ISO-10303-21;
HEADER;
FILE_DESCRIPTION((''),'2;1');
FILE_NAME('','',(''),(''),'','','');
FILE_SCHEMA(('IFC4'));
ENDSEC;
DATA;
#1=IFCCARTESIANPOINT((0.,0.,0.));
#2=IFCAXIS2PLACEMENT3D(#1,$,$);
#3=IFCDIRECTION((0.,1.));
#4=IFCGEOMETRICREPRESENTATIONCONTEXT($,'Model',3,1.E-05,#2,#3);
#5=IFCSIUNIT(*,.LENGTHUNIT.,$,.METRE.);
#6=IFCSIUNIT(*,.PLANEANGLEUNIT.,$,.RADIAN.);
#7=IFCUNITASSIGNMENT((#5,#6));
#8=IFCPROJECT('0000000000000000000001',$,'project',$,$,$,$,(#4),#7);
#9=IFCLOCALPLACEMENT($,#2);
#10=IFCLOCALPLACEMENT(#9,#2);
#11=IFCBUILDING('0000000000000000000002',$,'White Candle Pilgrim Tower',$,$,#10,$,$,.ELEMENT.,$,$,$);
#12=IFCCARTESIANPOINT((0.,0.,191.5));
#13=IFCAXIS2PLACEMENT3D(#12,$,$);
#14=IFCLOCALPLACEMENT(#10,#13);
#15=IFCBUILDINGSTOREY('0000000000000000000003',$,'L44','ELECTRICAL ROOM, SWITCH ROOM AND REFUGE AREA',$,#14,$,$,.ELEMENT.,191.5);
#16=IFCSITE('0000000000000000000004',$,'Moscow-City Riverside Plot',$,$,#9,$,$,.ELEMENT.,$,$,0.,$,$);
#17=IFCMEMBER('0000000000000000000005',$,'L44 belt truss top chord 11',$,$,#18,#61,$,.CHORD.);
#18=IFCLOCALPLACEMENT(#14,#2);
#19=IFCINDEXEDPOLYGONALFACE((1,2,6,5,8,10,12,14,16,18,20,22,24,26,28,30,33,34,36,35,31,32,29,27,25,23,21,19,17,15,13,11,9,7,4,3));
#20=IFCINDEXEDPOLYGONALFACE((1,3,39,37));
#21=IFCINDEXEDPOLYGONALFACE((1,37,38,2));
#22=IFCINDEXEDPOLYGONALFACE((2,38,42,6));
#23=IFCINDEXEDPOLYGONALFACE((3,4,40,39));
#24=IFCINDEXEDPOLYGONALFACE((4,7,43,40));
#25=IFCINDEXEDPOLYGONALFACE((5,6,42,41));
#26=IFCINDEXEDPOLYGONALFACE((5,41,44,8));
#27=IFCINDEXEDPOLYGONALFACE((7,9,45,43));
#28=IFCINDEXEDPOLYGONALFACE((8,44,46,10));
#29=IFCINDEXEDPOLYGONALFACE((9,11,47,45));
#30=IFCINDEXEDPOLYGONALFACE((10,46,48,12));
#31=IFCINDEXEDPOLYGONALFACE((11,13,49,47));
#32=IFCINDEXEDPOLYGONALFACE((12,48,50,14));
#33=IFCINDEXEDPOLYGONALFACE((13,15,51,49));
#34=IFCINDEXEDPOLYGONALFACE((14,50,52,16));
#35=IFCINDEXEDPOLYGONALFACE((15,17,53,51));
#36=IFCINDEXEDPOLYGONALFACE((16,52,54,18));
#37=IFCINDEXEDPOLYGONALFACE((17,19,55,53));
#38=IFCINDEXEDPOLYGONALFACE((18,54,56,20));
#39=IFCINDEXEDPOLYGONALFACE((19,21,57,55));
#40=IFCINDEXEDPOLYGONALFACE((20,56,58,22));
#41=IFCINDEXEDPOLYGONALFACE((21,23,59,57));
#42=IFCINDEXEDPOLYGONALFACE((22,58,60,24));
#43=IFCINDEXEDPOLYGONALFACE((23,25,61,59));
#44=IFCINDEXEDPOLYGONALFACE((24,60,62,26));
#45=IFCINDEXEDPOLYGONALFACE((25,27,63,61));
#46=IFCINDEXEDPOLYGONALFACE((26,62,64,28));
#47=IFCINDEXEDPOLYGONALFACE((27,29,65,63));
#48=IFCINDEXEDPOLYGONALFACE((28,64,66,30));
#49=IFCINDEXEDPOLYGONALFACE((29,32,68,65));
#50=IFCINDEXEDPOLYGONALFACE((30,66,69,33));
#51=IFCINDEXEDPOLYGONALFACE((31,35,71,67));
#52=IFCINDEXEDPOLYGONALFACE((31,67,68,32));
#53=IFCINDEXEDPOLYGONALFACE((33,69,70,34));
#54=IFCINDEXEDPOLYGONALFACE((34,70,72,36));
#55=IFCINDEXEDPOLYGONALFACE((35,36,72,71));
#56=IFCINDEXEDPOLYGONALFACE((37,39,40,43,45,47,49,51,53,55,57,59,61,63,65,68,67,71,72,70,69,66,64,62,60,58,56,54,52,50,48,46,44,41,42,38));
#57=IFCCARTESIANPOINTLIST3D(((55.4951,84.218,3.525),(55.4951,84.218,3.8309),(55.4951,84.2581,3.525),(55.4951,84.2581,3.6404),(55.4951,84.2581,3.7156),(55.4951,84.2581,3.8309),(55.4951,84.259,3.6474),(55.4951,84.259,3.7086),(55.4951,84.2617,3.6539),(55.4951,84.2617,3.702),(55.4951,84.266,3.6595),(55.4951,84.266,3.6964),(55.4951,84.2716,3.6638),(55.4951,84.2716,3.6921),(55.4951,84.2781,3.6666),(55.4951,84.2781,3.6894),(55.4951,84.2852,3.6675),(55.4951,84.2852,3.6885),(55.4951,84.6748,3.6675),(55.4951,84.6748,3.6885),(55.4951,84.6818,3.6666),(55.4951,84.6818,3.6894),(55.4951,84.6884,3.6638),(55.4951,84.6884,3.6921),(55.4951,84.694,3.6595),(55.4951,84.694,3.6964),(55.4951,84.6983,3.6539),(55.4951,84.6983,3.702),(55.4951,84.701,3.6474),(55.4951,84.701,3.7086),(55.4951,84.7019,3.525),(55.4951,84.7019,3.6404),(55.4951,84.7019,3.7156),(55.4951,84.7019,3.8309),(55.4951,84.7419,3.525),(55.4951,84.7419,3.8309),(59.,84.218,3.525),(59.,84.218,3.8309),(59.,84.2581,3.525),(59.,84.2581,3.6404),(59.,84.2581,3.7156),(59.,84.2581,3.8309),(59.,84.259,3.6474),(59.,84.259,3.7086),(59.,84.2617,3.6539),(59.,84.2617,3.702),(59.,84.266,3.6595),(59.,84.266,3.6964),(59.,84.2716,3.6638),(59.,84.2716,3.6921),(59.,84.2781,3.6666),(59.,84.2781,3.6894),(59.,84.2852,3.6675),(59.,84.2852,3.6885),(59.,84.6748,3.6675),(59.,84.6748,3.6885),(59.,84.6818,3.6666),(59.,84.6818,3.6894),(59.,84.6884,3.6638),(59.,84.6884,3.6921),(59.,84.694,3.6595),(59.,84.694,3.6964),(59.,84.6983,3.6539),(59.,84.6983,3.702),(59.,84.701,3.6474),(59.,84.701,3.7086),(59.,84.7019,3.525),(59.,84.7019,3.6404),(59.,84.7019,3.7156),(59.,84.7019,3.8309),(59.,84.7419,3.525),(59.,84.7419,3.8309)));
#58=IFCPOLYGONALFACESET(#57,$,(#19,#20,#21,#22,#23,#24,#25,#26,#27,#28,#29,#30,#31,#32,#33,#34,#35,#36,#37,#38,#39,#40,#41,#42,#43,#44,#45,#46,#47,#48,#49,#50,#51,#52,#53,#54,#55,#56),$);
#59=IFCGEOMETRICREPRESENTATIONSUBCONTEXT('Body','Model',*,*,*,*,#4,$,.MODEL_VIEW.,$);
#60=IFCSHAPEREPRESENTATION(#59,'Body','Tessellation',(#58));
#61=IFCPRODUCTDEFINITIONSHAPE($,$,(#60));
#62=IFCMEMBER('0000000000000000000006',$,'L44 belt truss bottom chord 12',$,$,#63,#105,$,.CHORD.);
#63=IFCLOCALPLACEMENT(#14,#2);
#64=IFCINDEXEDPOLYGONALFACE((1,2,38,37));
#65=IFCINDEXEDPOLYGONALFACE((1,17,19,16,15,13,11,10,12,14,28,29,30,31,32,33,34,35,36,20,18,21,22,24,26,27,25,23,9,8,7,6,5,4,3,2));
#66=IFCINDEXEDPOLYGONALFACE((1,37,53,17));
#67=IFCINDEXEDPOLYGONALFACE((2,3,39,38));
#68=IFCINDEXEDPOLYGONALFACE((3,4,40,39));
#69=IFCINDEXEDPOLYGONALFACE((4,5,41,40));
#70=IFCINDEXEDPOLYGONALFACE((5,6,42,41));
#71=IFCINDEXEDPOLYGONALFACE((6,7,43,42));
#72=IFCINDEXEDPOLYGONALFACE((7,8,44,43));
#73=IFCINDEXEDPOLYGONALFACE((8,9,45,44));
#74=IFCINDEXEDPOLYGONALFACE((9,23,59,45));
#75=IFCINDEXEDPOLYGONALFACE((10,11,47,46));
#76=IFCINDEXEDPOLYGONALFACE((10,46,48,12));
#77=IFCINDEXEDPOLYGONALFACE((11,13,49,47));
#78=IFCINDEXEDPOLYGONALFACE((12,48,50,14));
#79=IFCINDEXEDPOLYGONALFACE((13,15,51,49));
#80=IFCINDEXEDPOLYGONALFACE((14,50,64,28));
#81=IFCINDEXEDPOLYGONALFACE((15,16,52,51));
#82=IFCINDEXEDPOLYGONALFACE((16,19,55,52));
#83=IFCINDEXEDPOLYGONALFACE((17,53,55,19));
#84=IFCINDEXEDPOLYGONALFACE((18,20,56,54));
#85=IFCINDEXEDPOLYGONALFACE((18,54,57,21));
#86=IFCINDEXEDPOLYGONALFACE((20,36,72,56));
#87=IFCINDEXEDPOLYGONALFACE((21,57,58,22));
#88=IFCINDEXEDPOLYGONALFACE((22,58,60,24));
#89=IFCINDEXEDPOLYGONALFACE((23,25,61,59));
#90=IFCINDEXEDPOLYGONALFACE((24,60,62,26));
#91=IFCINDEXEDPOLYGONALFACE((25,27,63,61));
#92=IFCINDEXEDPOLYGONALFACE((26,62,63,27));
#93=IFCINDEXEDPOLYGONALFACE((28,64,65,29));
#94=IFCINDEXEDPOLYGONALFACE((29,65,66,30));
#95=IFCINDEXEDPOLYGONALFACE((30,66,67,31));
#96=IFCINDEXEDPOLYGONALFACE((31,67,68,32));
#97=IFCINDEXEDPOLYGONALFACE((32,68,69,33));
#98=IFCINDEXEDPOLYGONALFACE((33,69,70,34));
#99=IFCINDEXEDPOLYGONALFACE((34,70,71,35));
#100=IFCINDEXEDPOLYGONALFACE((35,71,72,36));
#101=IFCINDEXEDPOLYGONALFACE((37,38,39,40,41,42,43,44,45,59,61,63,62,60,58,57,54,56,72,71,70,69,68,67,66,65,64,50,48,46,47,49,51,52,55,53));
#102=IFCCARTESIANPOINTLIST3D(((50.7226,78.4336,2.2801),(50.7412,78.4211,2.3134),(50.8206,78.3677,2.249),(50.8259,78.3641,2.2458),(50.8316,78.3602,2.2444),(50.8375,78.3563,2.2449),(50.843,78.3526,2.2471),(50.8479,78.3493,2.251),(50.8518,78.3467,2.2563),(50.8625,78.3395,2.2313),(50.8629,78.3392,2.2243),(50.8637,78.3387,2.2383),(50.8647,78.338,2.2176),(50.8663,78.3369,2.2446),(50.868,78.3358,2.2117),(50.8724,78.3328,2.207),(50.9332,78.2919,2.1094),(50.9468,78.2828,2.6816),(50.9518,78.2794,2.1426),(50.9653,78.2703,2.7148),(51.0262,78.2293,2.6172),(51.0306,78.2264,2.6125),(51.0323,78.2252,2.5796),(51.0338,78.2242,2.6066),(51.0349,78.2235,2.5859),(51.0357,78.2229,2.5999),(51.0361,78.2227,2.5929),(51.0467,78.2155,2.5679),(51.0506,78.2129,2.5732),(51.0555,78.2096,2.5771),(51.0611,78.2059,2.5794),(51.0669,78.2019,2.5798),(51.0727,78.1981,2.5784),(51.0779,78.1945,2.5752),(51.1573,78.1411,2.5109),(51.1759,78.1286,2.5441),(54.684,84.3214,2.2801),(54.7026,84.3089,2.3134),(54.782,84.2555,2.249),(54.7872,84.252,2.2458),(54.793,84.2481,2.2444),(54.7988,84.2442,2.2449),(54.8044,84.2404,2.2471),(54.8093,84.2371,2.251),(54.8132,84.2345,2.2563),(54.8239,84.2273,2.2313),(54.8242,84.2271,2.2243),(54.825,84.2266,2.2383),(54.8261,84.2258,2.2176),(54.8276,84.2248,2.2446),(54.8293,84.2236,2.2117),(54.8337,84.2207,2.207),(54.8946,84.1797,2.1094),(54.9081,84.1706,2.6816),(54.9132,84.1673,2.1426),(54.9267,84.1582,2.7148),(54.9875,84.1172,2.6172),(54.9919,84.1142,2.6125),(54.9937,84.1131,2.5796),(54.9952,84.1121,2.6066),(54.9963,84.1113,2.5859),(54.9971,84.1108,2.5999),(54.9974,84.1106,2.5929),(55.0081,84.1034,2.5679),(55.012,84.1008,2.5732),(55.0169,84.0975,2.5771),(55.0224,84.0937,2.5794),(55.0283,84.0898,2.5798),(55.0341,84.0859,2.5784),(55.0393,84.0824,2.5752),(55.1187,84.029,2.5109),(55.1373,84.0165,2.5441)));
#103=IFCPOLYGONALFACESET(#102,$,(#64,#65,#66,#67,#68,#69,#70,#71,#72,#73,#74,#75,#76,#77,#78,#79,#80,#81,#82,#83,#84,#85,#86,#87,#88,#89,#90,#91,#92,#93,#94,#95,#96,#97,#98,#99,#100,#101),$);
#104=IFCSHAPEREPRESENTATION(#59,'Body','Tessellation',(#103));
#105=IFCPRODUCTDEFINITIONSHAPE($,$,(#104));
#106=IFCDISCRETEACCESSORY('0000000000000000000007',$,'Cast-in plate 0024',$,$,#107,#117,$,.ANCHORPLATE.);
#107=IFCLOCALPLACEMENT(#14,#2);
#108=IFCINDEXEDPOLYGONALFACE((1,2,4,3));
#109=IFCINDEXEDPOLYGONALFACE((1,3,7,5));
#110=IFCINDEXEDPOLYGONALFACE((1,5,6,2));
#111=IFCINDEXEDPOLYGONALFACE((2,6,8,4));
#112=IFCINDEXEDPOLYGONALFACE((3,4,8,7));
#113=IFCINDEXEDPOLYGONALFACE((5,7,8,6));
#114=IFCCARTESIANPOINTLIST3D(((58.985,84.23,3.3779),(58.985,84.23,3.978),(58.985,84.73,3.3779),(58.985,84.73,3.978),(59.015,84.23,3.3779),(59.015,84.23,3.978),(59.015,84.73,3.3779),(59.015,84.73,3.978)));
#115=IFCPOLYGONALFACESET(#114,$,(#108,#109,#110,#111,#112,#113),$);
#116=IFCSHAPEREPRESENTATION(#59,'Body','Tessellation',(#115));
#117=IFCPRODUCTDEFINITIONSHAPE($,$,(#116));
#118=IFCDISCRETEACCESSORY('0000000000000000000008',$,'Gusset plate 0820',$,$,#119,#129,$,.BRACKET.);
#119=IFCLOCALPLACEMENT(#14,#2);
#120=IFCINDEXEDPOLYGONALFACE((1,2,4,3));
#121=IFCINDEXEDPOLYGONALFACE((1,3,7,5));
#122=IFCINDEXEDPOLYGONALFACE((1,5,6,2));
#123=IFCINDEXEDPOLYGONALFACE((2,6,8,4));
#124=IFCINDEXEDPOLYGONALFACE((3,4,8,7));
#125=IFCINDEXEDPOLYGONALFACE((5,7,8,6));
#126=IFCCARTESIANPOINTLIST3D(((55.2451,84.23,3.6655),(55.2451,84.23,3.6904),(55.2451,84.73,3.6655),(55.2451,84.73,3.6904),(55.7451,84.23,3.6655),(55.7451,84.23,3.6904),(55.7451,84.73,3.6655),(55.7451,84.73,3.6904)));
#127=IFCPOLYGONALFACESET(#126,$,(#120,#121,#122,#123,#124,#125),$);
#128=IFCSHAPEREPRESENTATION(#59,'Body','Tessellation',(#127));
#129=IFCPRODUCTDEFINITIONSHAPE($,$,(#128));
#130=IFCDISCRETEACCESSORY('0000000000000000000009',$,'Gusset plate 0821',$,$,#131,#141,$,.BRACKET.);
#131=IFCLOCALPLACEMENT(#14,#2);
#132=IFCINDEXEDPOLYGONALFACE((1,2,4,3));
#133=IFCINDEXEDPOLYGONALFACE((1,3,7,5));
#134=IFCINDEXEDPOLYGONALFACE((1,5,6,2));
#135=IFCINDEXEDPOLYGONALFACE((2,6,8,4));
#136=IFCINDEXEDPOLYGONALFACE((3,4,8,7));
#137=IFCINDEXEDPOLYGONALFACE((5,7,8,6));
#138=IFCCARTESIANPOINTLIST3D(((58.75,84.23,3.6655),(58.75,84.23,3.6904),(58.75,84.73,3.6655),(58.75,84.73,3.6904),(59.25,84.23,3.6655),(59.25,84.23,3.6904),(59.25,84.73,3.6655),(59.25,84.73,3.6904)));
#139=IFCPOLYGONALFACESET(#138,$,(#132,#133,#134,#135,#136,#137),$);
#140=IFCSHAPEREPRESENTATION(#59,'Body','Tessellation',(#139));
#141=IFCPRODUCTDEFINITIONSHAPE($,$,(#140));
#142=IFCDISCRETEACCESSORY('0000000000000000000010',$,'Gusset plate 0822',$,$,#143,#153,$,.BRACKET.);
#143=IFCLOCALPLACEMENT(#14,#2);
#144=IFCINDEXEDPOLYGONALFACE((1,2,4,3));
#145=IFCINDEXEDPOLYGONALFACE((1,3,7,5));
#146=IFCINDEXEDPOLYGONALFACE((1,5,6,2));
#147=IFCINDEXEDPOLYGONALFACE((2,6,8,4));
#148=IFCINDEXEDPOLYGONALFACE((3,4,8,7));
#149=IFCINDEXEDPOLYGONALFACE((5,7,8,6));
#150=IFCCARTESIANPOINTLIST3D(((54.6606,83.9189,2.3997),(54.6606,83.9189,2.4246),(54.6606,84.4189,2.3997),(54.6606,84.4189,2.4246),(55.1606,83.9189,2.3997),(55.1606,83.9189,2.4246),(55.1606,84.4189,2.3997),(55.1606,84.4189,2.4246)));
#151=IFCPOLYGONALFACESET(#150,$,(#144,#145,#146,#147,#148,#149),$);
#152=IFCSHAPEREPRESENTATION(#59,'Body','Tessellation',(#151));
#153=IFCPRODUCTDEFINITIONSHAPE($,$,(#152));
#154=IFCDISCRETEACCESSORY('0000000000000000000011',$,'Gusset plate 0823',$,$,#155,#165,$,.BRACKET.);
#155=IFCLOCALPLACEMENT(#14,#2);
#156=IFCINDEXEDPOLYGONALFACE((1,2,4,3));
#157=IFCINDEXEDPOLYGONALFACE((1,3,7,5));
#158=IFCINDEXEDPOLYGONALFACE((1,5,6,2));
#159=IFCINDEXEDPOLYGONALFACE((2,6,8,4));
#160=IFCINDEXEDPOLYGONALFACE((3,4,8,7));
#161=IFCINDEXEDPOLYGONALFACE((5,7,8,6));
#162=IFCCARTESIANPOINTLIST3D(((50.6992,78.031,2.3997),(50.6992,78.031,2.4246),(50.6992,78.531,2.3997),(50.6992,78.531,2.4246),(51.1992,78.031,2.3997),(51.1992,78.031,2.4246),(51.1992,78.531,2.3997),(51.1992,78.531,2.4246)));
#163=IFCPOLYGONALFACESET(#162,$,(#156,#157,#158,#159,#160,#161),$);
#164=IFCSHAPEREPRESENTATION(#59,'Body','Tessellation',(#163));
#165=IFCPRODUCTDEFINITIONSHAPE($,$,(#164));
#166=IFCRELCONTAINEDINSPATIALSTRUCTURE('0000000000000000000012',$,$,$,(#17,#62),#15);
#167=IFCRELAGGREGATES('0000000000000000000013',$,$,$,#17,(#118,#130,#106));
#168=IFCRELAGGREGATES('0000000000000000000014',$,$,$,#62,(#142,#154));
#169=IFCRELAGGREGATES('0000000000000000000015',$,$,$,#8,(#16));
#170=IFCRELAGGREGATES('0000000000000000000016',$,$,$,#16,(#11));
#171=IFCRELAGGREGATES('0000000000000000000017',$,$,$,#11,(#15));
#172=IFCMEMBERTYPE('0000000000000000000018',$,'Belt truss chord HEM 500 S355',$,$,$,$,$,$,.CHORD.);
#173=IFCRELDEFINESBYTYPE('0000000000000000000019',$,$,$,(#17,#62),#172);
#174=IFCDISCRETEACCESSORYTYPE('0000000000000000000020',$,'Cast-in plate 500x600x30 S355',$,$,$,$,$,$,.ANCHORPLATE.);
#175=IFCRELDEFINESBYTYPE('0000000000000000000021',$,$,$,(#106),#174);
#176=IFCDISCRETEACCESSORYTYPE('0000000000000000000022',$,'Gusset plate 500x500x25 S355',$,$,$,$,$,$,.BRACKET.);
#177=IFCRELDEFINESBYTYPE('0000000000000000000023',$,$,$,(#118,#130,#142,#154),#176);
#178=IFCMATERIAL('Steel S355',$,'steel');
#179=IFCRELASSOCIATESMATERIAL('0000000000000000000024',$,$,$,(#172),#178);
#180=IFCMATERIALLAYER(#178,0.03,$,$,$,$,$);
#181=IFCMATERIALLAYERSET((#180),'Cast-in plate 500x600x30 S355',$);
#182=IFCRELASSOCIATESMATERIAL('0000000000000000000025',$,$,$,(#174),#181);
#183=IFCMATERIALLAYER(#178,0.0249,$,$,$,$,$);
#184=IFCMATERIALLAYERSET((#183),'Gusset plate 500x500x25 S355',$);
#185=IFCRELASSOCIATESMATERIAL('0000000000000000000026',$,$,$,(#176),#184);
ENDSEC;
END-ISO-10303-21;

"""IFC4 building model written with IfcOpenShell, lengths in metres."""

from ifc_helpers import new_model, si_unit, direction, frame, origin, origin_2d, place, context, subcontext, project, spatial, rectangle, i_section, extrude, material, layer, layer_set, material_profile, profile_set, type_object, element, aggregate, save


model = new_model("IFC4")

# Units and contexts
model_context = context("Model", 3, precision=1e-05, world=origin(), true_north=direction((0.0, 1.0)))
body_context = subcontext(model_context, "Body", "Model", "MODEL_VIEW")
ifc_project = project(units=[si_unit("LENGTHUNIT", "METRE"), si_unit("PLANEANGLEUNIT", "RADIAN")], contexts=[model_context])

# Site, building, storey
site_placement = place(None, origin())
site = spatial("IfcSite", under=ifc_project, at=site_placement, Name="Moscow-City Riverside Plot", CompositionType="ELEMENT", RefElevation=0.0)
building_placement = place(site_placement, origin())
building = spatial("IfcBuilding", under=site, at=building_placement, Name="White Candle Pilgrim Tower", CompositionType="ELEMENT")
storey_placement = place(building_placement, frame((0.0, 0.0, 191.5)))
storey = spatial("IfcBuildingStorey", under=building, at=storey_placement, Name="L44", Description="ELECTRICAL ROOM, SWITCH ROOM AND REFUGE AREA", CompositionType="ELEMENT", Elevation=191.5)

# Members
ifc_material_1 = material(Name="Steel S355", Category="steel")
ifc_material_profile_1 = material_profile(ifc_material_1, i_section(OverallWidth=0.3059, OverallDepth=0.5239, WebThickness=0.021, FlangeThickness=0.04, FilletRadius=0.0271, at=origin_2d()), Name="HEM 500")
ifc_profile_set_1 = profile_set([ifc_material_profile_1], Name="Steel S355")
member_type_1 = type_object("IfcMemberType", Name="Belt truss chord HEM 500 S355", PredefinedType="CHORD", material=ifc_profile_set_1)
member_1_placement = place(storey_placement, frame((55.4951, 84.48, 3.678), z_axis=(1.0, 0.0, 0.0), x_axis=(0.0, 0.0, 1.0)))
member_1 = element("IfcMember", 1, at=member_1_placement, inside=storey, type_object=member_type_1, Name="L44 belt truss top chord 11", PredefinedType="CHORD", context=body_context, shape_type="SweptSolid", body=[
    extrude(i_section(OverallWidth=0.3059, OverallDepth=0.5239, WebThickness=0.021, FlangeThickness=0.04, FilletRadius=0.0271, at=origin_2d()), origin(), (0.0, 0.0, 1.0), 3.5049),
])
member_2_placement = place(storey_placement, frame((54.9106, 84.1689, 2.4121), z_axis=(-0.55822, -0.829693, 0.0), x_axis=(0.688387, -0.463149, -0.558227)))
member_2 = element("IfcMember", 2, at=member_2_placement, inside=storey, type_object=member_type_1, Name="L44 belt truss bottom chord 12", PredefinedType="CHORD", context=body_context, shape_type="SweptSolid", body=[
    extrude(i_section(OverallWidth=0.3059, OverallDepth=0.5239, WebThickness=0.021, FlangeThickness=0.04, FilletRadius=0.0271, at=origin_2d()), origin(), (0.0, 0.0, 1.0), 7.0964),
])

# Discrete accessories
ifc_layer_1 = layer(ifc_material_1, 0.03)
ifc_layer_set_1 = layer_set([ifc_layer_1], Name="Cast-in plate 500x600x30 S355")
discrete_accessory_type_1 = type_object("IfcDiscreteAccessoryType", Name="Cast-in plate 500x600x30 S355", PredefinedType="ANCHORPLATE", material=ifc_layer_set_1)
discrete_accessory_1_placement = place(storey_placement, frame((59.0, 84.48, 3.3779), z_axis=(0.0, 0.0, 1.0), x_axis=(-1.0, 0.0, 0.0)))
discrete_accessory_1 = element("IfcDiscreteAccessory", 3, at=discrete_accessory_1_placement, type_object=discrete_accessory_type_1, Name="Cast-in plate 0024", PredefinedType="ANCHORPLATE", context=body_context, shape_type="SweptSolid", body=[
    extrude(rectangle(XDim=0.03, YDim=0.5, at=origin_2d()), origin(), (0.0, 0.0, 1.0), 0.6001),
])
ifc_layer_2 = layer(ifc_material_1, 0.0249)
ifc_layer_set_2 = layer_set([ifc_layer_2], Name="Gusset plate 500x500x25 S355")
discrete_accessory_type_2 = type_object("IfcDiscreteAccessoryType", Name="Gusset plate 500x500x25 S355", PredefinedType="BRACKET", material=ifc_layer_set_2)
discrete_accessory_2_placement = place(storey_placement, frame((55.4951, 84.48, 3.6655), z_axis=(0.0, 0.0, 1.0), x_axis=(1.0, 0.0, 0.0)))
discrete_accessory_2 = element("IfcDiscreteAccessory", 4, at=discrete_accessory_2_placement, type_object=discrete_accessory_type_2, Name="Gusset plate 0820", PredefinedType="BRACKET", context=body_context, shape_type="SweptSolid", body=[
    extrude(rectangle(XDim=0.5, YDim=0.5, at=origin_2d()), origin(), (0.0, 0.0, 1.0), 0.0249),
])
discrete_accessory_3_placement = place(storey_placement, frame((59.0, 84.48, 3.6655), z_axis=(0.0, 0.0, 1.0), x_axis=(1.0, 0.0, 0.0)))
discrete_accessory_3 = element("IfcDiscreteAccessory", 5, at=discrete_accessory_3_placement, type_object=discrete_accessory_type_2, Name="Gusset plate 0821", PredefinedType="BRACKET", context=body_context, shape_type="SweptSolid", body=[
    extrude(rectangle(XDim=0.5, YDim=0.5, at=origin_2d()), origin(), (0.0, 0.0, 1.0), 0.0249),
])
aggregate(member_1, [discrete_accessory_2, discrete_accessory_3, discrete_accessory_1])
discrete_accessory_4_placement = place(storey_placement, frame((54.9106, 84.1689, 2.3997), z_axis=(0.0, 0.0, 1.0), x_axis=(1.0, 0.0, 0.0)))
discrete_accessory_4 = element("IfcDiscreteAccessory", 6, at=discrete_accessory_4_placement, type_object=discrete_accessory_type_2, Name="Gusset plate 0822", PredefinedType="BRACKET", context=body_context, shape_type="SweptSolid", body=[
    extrude(rectangle(XDim=0.5, YDim=0.5, at=origin_2d()), origin(), (0.0, 0.0, 1.0), 0.0249),
])
discrete_accessory_5_placement = place(storey_placement, frame((50.9492, 78.281, 2.3997), z_axis=(0.0, 0.0, 1.0), x_axis=(1.0, 0.0, 0.0)))
discrete_accessory_5 = element("IfcDiscreteAccessory", 7, at=discrete_accessory_5_placement, type_object=discrete_accessory_type_2, Name="Gusset plate 0823", PredefinedType="BRACKET", context=body_context, shape_type="SweptSolid", body=[
    extrude(rectangle(XDim=0.5, YDim=0.5, at=origin_2d()), origin(), (0.0, 0.0, 1.0), 0.0249),
])
aggregate(member_2, [discrete_accessory_4, discrete_accessory_5])

save(model, "model.ifc")
